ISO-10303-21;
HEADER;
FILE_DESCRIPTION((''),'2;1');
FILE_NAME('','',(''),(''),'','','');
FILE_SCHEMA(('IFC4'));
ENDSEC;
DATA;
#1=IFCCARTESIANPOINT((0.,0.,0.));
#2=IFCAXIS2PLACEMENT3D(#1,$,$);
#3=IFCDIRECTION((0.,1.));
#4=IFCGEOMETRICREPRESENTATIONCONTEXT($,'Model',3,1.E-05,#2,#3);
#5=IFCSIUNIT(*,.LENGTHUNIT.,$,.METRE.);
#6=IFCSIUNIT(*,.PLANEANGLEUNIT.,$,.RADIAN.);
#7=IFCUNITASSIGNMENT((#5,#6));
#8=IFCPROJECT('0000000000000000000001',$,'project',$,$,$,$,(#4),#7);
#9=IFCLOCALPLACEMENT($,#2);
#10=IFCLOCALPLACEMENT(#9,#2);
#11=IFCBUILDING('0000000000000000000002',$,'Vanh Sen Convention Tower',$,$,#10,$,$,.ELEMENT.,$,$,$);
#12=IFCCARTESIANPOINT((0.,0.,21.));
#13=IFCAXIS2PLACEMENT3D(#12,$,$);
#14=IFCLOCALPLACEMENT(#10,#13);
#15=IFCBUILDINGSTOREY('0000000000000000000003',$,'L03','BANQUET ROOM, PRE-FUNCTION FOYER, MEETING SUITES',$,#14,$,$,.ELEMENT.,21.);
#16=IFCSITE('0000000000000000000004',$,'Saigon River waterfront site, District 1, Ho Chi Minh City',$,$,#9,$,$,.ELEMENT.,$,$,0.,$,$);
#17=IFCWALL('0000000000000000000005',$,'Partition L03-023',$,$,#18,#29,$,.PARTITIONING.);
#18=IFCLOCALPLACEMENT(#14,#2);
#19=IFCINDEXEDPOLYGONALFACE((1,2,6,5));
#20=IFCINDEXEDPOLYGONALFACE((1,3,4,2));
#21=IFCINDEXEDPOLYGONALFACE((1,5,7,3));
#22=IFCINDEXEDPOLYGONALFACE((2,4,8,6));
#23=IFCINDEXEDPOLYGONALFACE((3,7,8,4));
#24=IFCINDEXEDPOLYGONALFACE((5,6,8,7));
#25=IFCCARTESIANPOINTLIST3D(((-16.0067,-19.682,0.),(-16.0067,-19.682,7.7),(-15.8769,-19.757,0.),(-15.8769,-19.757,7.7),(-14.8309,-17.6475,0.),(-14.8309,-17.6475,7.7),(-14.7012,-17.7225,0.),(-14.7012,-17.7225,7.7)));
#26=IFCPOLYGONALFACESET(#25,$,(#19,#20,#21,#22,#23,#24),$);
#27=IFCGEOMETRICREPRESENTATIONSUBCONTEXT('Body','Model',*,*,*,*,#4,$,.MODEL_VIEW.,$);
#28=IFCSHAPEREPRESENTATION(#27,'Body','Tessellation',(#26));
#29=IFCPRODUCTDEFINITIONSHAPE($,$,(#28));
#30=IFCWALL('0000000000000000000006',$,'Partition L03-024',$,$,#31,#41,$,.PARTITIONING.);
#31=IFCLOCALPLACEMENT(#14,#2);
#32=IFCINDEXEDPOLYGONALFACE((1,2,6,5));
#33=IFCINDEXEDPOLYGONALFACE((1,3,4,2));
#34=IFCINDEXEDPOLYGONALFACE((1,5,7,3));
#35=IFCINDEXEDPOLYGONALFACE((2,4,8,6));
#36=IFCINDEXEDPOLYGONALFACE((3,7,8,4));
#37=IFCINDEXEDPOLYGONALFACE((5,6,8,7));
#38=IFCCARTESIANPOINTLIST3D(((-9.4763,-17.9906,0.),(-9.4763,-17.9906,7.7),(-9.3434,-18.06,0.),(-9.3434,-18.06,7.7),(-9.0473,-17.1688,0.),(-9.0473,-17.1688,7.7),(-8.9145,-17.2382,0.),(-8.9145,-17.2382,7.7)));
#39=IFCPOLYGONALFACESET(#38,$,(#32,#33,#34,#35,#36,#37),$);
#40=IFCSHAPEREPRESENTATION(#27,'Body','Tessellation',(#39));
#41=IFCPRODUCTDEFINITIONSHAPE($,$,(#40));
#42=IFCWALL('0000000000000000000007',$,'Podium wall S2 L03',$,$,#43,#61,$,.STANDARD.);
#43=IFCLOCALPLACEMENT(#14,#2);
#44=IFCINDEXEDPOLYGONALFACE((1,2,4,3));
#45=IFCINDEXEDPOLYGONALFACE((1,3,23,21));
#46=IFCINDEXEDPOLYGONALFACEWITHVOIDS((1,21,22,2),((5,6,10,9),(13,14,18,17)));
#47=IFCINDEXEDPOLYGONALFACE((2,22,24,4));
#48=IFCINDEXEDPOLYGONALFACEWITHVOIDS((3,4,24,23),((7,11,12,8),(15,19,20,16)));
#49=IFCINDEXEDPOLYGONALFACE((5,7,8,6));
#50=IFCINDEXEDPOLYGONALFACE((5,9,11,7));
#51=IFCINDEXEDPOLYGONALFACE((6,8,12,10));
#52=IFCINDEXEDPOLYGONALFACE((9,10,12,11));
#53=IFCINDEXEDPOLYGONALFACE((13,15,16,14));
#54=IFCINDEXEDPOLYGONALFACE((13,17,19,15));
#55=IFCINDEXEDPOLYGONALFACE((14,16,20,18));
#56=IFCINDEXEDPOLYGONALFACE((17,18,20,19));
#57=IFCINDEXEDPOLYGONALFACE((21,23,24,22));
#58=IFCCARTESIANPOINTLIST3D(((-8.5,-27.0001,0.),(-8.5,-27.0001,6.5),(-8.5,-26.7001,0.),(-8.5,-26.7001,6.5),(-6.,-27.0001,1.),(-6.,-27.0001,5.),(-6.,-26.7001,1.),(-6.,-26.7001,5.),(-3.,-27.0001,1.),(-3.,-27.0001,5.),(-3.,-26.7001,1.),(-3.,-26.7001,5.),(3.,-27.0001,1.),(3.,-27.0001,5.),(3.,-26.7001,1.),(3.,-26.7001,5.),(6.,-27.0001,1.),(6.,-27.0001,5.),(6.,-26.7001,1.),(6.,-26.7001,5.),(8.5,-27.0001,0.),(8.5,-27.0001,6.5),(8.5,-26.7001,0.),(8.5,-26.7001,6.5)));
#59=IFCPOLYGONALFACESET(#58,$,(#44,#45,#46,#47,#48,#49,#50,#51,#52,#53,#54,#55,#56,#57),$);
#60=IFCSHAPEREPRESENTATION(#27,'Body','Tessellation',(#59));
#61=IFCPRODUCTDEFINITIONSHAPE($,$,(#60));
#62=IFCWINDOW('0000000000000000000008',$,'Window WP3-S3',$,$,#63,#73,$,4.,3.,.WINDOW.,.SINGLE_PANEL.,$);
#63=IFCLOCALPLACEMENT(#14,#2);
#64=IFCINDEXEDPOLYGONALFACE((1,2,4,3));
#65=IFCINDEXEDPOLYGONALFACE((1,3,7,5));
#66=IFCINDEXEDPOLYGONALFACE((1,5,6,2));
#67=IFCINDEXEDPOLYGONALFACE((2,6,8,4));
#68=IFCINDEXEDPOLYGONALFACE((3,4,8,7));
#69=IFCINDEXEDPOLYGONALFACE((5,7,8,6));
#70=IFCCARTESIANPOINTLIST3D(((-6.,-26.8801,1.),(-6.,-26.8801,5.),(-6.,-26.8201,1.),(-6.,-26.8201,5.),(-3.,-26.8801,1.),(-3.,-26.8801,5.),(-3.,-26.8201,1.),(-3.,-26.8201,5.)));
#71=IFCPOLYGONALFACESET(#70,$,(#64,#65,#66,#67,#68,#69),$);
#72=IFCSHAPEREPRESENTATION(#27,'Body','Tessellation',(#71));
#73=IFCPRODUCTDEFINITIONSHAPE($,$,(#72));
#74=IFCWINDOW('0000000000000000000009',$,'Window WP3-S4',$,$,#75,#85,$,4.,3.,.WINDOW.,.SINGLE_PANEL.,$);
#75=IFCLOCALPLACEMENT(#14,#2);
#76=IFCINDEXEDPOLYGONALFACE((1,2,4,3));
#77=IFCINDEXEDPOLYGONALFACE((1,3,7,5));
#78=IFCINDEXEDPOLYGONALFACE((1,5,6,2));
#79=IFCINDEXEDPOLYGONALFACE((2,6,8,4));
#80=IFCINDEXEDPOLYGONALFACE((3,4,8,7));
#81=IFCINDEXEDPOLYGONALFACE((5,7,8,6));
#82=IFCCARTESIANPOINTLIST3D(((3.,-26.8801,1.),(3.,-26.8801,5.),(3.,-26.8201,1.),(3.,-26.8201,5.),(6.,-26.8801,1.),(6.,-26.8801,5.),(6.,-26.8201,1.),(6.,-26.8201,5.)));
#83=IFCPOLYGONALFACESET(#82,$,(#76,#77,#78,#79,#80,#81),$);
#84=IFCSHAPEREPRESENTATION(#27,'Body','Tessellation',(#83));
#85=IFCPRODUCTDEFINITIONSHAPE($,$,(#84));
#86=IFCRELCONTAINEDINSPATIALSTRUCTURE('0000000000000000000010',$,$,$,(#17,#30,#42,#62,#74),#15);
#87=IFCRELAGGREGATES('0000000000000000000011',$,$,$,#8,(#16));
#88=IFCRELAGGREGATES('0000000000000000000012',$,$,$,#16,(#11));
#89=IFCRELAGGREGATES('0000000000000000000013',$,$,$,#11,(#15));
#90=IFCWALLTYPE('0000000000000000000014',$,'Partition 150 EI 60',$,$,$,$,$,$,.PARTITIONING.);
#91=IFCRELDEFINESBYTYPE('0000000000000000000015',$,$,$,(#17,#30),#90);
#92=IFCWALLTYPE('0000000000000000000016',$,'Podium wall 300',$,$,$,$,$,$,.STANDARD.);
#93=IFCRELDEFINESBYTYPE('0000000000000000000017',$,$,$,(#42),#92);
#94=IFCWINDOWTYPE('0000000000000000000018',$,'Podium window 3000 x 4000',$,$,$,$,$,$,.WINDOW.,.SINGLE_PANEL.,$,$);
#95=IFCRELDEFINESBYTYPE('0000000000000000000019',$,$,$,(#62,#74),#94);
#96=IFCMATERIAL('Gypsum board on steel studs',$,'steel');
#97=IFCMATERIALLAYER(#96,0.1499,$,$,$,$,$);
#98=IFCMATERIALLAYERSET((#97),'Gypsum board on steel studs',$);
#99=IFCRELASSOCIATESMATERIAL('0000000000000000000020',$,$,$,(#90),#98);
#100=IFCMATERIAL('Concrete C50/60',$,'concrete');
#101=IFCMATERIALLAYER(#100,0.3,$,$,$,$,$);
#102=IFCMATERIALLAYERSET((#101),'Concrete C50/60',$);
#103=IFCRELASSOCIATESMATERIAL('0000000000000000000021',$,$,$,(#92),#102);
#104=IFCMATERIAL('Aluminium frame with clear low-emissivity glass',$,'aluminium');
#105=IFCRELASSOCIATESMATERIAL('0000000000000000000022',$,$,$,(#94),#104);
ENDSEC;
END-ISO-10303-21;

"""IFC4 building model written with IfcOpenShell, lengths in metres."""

from ifc_helpers import new_model, si_unit, direction, frame, frame_2d, origin, place, context, subcontext, project, spatial, rectangle, extrude, material, layer, layer_set, type_object, element, fill, save


model = new_model("IFC4")

# Units and contexts
model_context = context("Model", 3, precision=1e-05, world=origin(), true_north=direction((0.0, 1.0)))
body_context = subcontext(model_context, "Body", "Model", "MODEL_VIEW")
ifc_project = project(units=[si_unit("LENGTHUNIT", "METRE"), si_unit("PLANEANGLEUNIT", "RADIAN")], contexts=[model_context])

# Site, building, storey
site_placement = place(None, origin())
site = spatial("IfcSite", under=ifc_project, at=site_placement, Name="Saigon River waterfront site, District 1, Ho Chi Minh City", CompositionType="ELEMENT", RefElevation=0.0)
building_placement = place(site_placement, origin())
building = spatial("IfcBuilding", under=site, at=building_placement, Name="Vanh Sen Convention Tower", CompositionType="ELEMENT")
storey_placement = place(building_placement, frame((0.0, 0.0, 21.0)))
storey = spatial("IfcBuildingStorey", under=building, at=storey_placement, Name="L03", Description="BANQUET ROOM, PRE-FUNCTION FOYER, MEETING SUITES", CompositionType="ELEMENT", Elevation=21.0)

# Walls
ifc_material_1 = material(Name="Gypsum board on steel studs", Category="steel")
ifc_layer_1 = layer(ifc_material_1, 0.1499)
ifc_layer_set_1 = layer_set([ifc_layer_1], Name="Gypsum board on steel studs")
wall_type_1 = type_object("IfcWallType", Name="Partition 150 EI 60", PredefinedType="PARTITIONING", material=ifc_layer_set_1)
wall_1_placement = place(storey_placement, frame((-14.7661, -17.6851, 0.0), z_axis=(0.0, 0.0, 1.0), x_axis=(-0.50034, -0.865829, 0.0)))
element("IfcWall", 1, at=wall_1_placement, inside=storey, type_object=wall_type_1, Name="Partition L03-023", PredefinedType="PARTITIONING", context=body_context, shape_type="SweptSolid", body=[
    extrude(rectangle(XDim=2.3499, YDim=0.1499, at=frame_2d((1.1748, 0.0))), origin(), (0.0, 0.0, 1.0), 7.7),
])
wall_2_placement = place(storey_placement, frame((-8.981, -17.2036, 0.0), z_axis=(0.0, 0.0, 1.0), x_axis=(-0.462737, -0.886496, 0.0)))
element("IfcWall", 2, at=wall_2_placement, inside=storey, type_object=wall_type_1, Name="Partition L03-024", PredefinedType="PARTITIONING", context=body_context, shape_type="SweptSolid", body=[
    extrude(rectangle(XDim=0.927, YDim=0.1499, at=frame_2d((0.4634, 0.0))), origin(), (0.0, 0.0, 1.0), 7.7),
])

# Wall, openings, windows
ifc_material_2 = material(Name="Concrete C50/60", Category="concrete")
ifc_layer_2 = layer(ifc_material_2, 0.3)
ifc_layer_set_2 = layer_set([ifc_layer_2], Name="Concrete C50/60")
wall_type_2 = type_object("IfcWallType", Name="Podium wall 300", PredefinedType="STANDARD", material=ifc_layer_set_2)
wall_3_placement = place(storey_placement, frame((-8.5, -26.8501, 0.0), z_axis=(0.0, 0.0, 1.0), x_axis=(1.0, 0.0, 0.0)))
wall_3 = element("IfcWall", 3, at=wall_3_placement, inside=storey, type_object=wall_type_2, Name="Podium wall S2 L03", PredefinedType="STANDARD", context=body_context, shape_type="SweptSolid", body=[
    extrude(rectangle(XDim=17.0, YDim=0.3, at=frame_2d((8.5, 0.0))), origin(), (0.0, 0.0, 1.0), 6.5),
])
opening_1_placement = place(wall_3_placement, frame((2.5, 0.0, 1.0)))
opening_1 = element("IfcOpeningElement", 4, at=opening_1_placement, cuts=wall_3, PredefinedType="OPENING", context=body_context, shape_type="SweptSolid", body=[
    extrude(rectangle(XDim=3.0, YDim=4.0, at=frame_2d((1.5, 2.0))), frame((0.0, 0.1599, 0.0), z_axis=(0.0, -1.0, 0.0), x_axis=(1.0, 0.0, 0.0)), (0.0, 0.0, 1.0), 0.3201),
])
opening_2_placement = place(wall_3_placement, frame((11.5, 0.0, 1.0)))
opening_2 = element("IfcOpeningElement", 5, at=opening_2_placement, cuts=wall_3, PredefinedType="OPENING", context=body_context, shape_type="SweptSolid", body=[
    extrude(rectangle(XDim=3.0, YDim=4.0, at=frame_2d((1.5, 2.0))), frame((0.0, 0.1599, 0.0), z_axis=(0.0, -1.0, 0.0), x_axis=(1.0, 0.0, 0.0)), (0.0, 0.0, 1.0), 0.3201),
])
ifc_material_3 = material(Name="Aluminium frame with clear low-emissivity glass", Category="aluminium")
window_type = type_object("IfcWindowType", Name="Podium window 3000 x 4000", PartitioningType="SINGLE_PANEL", PredefinedType="WINDOW", material=ifc_material_3)
window_1_placement = place(opening_1_placement, origin())
window_1 = element("IfcWindow", 6, at=window_1_placement, inside=storey, type_object=window_type, Name="Window WP3-S3", OverallHeight=4.0, OverallWidth=3.0, PartitioningType="SINGLE_PANEL", PredefinedType="WINDOW", context=body_context, shape_type="SweptSolid", body=[
    extrude(rectangle(XDim=3.0, YDim=4.0, at=frame_2d((1.5, 2.0))), frame((0.0, 0.03, 0.0), z_axis=(0.0, -1.0, 0.0), x_axis=(1.0, 0.0, 0.0)), (0.0, 0.0, 1.0), 0.0601),
])
fill(opening_1, window_1)
window_2_placement = place(opening_2_placement, origin())
window_2 = element("IfcWindow", 7, at=window_2_placement, inside=storey, type_object=window_type, Name="Window WP3-S4", OverallHeight=4.0, OverallWidth=3.0, PartitioningType="SINGLE_PANEL", PredefinedType="WINDOW", context=body_context, shape_type="SweptSolid", body=[
    extrude(rectangle(XDim=3.0, YDim=4.0, at=frame_2d((1.5, 2.0))), frame((0.0, 0.03, 0.0), z_axis=(0.0, -1.0, 0.0), x_axis=(1.0, 0.0, 0.0)), (0.0, 0.0, 1.0), 0.0601),
])
fill(opening_2, window_2)

save(model, "model.ifc")
